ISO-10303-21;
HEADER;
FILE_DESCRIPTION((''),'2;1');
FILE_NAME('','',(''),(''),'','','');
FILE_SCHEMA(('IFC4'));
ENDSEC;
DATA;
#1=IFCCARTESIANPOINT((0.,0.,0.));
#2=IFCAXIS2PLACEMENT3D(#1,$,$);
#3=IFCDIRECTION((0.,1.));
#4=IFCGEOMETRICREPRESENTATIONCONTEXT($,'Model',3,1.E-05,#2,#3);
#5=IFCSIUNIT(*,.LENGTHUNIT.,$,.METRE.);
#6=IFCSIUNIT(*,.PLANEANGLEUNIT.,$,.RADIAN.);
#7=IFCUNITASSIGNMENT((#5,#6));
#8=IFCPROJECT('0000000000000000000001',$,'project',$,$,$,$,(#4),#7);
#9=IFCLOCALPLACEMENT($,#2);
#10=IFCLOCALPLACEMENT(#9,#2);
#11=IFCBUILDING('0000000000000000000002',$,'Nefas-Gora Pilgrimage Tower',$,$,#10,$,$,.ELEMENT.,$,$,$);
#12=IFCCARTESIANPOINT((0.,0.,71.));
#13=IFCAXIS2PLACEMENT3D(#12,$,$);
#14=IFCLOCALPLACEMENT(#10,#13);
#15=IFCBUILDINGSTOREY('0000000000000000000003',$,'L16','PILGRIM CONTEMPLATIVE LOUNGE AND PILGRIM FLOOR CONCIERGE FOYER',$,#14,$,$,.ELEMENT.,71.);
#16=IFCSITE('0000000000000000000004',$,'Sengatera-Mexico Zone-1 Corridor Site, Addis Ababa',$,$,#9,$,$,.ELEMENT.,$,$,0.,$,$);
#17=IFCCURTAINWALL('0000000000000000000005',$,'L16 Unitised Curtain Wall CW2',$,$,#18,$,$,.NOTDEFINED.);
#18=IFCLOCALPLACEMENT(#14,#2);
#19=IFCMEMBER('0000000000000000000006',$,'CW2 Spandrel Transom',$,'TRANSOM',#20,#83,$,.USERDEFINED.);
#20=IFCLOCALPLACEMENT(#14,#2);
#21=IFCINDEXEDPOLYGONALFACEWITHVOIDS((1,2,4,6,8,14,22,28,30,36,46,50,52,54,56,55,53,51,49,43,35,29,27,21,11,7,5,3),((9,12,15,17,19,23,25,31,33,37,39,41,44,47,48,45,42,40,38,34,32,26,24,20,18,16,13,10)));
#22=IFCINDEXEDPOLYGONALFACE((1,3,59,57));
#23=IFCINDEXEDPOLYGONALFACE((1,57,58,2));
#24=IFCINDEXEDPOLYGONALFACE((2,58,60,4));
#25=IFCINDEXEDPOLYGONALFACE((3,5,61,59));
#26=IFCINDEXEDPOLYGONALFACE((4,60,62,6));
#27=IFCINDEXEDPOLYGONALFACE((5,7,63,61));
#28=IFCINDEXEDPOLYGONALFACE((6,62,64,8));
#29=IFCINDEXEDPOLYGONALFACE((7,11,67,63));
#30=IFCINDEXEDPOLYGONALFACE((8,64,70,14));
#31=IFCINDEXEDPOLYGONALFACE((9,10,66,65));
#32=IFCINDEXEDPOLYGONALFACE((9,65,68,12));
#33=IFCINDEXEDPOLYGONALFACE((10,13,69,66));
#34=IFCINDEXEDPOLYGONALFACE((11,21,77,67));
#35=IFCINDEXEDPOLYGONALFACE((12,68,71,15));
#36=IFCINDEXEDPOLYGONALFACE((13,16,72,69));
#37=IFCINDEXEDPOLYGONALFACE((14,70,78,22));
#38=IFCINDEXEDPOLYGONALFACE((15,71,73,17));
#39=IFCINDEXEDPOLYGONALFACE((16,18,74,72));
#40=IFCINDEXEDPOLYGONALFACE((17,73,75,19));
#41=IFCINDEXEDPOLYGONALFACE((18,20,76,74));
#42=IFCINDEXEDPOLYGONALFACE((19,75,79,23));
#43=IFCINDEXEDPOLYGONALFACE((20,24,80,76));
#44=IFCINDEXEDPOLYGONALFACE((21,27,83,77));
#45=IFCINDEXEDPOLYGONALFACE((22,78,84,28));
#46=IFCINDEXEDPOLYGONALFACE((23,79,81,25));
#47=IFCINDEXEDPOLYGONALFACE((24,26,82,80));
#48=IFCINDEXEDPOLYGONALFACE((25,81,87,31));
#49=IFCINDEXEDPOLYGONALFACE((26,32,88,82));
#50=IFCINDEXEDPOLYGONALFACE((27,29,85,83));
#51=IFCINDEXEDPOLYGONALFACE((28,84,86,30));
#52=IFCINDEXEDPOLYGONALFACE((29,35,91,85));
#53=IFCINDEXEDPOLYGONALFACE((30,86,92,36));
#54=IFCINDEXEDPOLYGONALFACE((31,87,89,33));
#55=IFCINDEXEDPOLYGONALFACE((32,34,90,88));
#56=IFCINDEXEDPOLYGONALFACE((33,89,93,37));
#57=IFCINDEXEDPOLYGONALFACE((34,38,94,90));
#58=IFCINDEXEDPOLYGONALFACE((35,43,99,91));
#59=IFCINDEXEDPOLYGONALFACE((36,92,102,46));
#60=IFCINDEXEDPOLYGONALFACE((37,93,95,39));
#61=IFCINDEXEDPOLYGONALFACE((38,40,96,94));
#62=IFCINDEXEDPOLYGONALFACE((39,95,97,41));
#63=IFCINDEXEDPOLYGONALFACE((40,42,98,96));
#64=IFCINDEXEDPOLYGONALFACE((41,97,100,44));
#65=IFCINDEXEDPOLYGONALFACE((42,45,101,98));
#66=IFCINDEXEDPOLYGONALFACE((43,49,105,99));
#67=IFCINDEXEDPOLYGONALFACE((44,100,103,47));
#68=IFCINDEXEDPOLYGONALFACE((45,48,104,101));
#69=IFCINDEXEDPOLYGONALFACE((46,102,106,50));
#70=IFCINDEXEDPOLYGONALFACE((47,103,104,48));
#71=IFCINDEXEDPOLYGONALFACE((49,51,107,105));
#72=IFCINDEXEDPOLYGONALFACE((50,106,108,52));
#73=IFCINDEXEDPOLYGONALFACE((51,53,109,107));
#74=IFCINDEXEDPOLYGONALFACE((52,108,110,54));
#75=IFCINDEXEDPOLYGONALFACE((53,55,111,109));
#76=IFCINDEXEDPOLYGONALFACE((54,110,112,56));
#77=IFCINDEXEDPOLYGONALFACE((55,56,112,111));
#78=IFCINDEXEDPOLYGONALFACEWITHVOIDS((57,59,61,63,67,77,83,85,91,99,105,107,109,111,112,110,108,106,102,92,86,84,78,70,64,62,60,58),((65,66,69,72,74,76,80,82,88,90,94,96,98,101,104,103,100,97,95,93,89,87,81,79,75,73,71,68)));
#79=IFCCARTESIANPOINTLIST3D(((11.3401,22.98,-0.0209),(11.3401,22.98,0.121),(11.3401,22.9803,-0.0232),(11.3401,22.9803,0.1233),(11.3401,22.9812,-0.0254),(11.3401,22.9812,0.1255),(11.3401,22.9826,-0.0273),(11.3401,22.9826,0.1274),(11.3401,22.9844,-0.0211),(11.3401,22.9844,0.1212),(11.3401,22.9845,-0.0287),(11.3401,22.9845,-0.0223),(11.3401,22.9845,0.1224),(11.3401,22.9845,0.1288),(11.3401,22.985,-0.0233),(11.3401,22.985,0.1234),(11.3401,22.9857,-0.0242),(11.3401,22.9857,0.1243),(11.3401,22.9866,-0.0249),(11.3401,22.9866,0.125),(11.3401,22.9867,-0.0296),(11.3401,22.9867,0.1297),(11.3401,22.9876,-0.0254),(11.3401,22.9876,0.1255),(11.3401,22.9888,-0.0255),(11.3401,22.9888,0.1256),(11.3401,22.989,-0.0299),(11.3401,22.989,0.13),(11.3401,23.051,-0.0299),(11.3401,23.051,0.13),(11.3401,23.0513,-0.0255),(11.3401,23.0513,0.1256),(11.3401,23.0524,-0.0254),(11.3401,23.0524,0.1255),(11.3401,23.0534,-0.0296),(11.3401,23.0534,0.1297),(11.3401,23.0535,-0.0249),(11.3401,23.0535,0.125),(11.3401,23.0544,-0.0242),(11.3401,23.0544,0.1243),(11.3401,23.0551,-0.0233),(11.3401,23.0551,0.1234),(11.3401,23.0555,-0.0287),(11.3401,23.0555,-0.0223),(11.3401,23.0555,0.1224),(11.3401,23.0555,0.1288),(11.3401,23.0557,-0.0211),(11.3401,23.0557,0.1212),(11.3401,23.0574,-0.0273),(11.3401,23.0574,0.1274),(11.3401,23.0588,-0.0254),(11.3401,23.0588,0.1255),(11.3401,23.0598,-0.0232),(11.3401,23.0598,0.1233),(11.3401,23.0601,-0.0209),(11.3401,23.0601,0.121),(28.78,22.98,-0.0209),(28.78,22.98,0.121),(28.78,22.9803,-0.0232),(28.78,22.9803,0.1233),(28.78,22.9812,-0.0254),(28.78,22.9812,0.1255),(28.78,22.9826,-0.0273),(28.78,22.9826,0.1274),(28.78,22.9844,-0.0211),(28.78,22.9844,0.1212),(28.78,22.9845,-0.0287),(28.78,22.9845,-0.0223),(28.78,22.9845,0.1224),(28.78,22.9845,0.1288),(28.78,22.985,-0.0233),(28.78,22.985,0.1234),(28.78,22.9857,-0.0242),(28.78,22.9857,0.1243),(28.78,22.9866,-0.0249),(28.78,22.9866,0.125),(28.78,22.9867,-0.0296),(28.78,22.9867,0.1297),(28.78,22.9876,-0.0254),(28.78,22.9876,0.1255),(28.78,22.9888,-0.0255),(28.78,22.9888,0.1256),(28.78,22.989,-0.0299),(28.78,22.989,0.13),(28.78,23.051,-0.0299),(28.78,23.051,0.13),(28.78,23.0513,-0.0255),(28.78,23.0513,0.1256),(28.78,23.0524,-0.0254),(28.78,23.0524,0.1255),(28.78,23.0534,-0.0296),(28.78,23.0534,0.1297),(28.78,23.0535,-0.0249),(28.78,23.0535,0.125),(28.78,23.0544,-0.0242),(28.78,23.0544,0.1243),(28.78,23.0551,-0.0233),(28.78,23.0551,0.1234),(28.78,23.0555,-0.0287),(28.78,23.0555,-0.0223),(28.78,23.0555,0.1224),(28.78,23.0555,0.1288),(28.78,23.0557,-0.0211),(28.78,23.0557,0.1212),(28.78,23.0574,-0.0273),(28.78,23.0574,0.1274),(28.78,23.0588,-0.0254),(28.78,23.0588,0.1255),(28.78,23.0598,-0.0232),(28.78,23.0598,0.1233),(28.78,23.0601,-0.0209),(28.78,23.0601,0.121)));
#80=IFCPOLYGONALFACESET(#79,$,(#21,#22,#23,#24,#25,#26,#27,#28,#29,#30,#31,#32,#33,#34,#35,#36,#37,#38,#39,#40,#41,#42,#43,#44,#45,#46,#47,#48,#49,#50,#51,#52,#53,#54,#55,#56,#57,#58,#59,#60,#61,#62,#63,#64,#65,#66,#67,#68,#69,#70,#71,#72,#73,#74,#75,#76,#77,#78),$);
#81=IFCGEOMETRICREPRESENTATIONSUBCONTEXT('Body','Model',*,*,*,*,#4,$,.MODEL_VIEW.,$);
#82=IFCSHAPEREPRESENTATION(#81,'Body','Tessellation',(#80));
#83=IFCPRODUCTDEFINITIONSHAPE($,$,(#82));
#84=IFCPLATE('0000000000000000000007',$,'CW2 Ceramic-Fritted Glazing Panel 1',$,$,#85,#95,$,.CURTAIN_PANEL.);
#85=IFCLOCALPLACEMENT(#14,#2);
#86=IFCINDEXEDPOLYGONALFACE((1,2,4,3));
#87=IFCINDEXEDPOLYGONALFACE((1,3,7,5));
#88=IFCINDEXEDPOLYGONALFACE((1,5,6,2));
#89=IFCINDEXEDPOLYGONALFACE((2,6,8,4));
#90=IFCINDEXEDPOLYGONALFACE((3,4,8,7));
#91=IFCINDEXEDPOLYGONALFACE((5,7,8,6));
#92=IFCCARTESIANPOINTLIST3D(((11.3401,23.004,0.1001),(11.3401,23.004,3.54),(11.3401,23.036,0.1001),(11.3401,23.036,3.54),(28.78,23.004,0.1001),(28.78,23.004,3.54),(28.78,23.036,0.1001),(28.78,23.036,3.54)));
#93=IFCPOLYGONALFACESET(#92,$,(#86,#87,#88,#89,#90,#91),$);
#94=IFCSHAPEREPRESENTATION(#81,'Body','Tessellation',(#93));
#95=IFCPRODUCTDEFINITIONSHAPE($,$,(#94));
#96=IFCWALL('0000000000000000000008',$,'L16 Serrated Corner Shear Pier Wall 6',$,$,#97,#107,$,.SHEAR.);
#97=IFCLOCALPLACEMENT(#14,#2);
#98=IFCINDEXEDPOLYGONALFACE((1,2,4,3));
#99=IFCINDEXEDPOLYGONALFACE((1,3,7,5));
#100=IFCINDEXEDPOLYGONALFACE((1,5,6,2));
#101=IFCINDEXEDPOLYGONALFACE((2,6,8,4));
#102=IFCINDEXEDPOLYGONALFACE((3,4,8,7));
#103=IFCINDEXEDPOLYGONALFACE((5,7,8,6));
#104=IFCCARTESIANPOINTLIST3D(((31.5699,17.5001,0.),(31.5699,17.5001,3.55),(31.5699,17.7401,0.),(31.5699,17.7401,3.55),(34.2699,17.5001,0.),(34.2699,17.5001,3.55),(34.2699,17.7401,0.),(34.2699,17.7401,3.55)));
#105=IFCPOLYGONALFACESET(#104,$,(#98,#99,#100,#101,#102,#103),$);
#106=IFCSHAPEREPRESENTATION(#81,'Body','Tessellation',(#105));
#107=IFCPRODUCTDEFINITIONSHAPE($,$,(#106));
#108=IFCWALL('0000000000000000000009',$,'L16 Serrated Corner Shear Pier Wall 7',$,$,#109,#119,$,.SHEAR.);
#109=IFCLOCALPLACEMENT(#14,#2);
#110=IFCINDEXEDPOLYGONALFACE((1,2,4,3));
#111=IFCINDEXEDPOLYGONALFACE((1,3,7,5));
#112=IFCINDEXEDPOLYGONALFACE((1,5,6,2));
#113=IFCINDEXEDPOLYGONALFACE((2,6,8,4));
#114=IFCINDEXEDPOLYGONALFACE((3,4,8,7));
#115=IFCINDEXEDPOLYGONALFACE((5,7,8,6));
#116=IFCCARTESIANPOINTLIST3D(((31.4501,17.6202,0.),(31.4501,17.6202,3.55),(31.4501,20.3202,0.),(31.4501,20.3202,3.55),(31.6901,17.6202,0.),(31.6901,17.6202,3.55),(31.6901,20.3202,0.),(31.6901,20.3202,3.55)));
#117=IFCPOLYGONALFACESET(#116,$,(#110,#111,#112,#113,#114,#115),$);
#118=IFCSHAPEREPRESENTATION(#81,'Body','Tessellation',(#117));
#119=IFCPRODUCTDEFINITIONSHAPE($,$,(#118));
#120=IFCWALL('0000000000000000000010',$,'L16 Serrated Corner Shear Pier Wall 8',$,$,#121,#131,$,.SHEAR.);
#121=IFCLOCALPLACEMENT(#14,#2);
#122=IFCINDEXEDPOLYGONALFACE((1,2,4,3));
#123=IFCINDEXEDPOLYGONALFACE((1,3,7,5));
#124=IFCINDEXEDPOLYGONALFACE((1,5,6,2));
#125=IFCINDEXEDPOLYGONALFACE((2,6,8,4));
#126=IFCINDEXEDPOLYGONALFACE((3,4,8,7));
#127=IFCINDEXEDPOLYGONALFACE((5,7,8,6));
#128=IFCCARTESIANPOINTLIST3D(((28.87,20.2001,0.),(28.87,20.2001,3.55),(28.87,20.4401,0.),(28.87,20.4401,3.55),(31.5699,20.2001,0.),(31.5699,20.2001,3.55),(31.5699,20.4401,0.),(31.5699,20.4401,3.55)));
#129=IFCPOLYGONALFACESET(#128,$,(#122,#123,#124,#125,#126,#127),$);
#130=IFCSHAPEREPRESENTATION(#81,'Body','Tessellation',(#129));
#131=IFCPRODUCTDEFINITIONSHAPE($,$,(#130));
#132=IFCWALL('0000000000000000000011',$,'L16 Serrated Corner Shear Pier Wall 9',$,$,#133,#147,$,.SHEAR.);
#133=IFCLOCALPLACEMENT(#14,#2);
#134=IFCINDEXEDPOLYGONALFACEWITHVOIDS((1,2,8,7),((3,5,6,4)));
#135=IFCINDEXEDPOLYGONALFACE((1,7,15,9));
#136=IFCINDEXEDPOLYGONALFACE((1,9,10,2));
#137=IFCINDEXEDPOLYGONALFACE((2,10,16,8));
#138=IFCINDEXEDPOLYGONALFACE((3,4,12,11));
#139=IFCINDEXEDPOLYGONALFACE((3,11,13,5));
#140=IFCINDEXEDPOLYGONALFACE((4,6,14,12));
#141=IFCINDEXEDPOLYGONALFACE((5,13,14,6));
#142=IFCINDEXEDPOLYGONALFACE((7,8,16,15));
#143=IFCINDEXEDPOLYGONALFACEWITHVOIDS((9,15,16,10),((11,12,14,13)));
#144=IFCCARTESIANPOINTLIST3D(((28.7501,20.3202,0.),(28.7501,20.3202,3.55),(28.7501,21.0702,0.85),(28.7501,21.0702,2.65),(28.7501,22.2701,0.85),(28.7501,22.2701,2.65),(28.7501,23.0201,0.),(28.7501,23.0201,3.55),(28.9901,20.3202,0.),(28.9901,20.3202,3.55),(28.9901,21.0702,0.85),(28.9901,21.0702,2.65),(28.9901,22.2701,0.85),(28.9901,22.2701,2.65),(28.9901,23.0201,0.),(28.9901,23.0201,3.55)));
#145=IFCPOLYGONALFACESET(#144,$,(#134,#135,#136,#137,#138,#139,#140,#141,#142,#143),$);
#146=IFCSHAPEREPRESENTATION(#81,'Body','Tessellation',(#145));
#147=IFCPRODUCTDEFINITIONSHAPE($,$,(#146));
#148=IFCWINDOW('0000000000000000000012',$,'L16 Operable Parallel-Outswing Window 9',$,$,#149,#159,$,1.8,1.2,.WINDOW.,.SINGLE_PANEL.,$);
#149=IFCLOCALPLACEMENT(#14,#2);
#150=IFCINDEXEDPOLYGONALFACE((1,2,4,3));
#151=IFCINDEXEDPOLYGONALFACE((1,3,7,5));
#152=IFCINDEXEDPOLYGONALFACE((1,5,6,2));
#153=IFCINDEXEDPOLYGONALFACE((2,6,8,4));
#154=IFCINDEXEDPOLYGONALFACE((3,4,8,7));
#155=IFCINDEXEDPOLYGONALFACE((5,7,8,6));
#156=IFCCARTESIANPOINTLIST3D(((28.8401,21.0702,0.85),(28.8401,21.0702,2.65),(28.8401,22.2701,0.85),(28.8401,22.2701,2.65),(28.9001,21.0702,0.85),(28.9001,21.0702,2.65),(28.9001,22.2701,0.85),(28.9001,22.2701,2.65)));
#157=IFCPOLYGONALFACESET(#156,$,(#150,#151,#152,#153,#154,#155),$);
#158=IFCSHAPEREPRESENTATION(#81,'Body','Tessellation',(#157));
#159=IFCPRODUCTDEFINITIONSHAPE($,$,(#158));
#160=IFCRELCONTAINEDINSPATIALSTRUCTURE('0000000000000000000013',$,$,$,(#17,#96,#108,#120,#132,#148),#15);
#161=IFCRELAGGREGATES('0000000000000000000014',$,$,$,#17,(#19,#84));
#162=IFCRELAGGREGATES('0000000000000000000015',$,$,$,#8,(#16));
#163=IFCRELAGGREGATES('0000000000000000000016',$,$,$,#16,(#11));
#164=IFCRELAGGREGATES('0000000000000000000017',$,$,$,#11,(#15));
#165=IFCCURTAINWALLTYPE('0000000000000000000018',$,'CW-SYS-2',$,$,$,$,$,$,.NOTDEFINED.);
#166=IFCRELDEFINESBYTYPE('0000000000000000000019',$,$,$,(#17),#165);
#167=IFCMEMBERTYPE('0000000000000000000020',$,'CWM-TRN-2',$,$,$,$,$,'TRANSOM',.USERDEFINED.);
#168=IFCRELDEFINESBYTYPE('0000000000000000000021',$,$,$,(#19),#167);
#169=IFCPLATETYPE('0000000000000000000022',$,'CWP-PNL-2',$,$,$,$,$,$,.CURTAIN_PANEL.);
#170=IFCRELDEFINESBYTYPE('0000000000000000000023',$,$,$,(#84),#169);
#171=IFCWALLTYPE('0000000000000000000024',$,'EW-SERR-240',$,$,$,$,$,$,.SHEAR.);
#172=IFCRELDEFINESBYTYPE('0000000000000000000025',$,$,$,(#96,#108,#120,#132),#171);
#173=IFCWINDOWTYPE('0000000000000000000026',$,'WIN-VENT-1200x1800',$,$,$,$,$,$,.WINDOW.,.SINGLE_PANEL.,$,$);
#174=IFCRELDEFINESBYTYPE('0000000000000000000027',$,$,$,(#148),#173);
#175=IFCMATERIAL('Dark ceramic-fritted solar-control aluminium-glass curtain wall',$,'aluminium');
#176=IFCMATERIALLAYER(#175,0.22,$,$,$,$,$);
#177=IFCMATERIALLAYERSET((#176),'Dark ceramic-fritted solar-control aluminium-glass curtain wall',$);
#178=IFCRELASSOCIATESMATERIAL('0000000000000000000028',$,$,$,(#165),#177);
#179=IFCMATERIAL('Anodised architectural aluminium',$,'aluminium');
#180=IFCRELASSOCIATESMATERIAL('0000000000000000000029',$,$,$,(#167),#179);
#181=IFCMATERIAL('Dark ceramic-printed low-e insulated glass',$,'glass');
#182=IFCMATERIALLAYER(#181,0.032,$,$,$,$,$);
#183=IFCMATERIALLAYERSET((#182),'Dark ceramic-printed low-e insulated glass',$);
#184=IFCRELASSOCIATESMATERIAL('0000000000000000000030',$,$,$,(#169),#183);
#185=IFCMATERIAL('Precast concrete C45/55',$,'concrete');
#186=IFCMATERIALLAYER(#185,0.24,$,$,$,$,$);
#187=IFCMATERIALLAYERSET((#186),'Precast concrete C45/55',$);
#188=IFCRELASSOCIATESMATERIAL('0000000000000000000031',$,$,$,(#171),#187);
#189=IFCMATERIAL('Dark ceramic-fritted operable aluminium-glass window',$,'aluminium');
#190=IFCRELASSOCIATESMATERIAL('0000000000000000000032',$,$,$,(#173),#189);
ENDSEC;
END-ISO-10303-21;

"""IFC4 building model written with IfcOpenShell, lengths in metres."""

from ifc_helpers import new_model, si_unit, direction, frame, frame_2d, origin, origin_2d, place, context, subcontext, project, spatial, rectangle, hollow_rectangle, extrude, source, transform, mapped, material, layer, layer_set, material_profile, profile_set, type_object, element, fill, aggregate, save


model = new_model("IFC4")

# Units and contexts
model_context = context("Model", 3, precision=1e-05, world=origin(), true_north=direction((0.0, 1.0)))
body_context = subcontext(model_context, "Body", "Model", "MODEL_VIEW")
ifc_project = project(units=[si_unit("LENGTHUNIT", "METRE"), si_unit("PLANEANGLEUNIT", "RADIAN")], contexts=[model_context])

# Site, building, storey
site_placement = place(None, origin())
site = spatial("IfcSite", under=ifc_project, at=site_placement, Name="Sengatera-Mexico Zone-1 Corridor Site, Addis Ababa", CompositionType="ELEMENT", RefElevation=0.0)
building_placement = place(site_placement, origin())
building = spatial("IfcBuilding", under=site, at=building_placement, Name="Nefas-Gora Pilgrimage Tower", CompositionType="ELEMENT")
storey_placement = place(building_placement, frame((0.0, 0.0, 71.0)))
storey = spatial("IfcBuildingStorey", under=building, at=storey_placement, Name="L16", Description="PILGRIM CONTEMPLATIVE LOUNGE AND PILGRIM FLOOR CONCIERGE FOYER", CompositionType="ELEMENT", Elevation=71.0)

# Shared definitions
ifc_material_1 = material(Name="Dark ceramic-fritted solar-control aluminium-glass curtain wall", Category="aluminium")
ifc_layer_1 = layer(ifc_material_1, 0.22)
ifc_layer_set_1 = layer_set([ifc_layer_1], Name="Dark ceramic-fritted solar-control aluminium-glass curtain wall")
curtain_wall_type = type_object("IfcCurtainWallType", Name="CW-SYS-2", PredefinedType="NOTDEFINED", material=ifc_layer_set_1)
ifc_material_2 = material(Name="Anodised architectural aluminium", Category="aluminium")

# Curtain wall, member, plate
curtain_wall_1_placement = place(storey_placement, origin())
curtain_wall_1 = element("IfcCurtainWall", 1, at=curtain_wall_1_placement, inside=storey, type_object=curtain_wall_type, Name="L16 Unitised Curtain Wall CW2", PredefinedType="NOTDEFINED")
ifc_material_profile_1 = material_profile(ifc_material_2, hollow_rectangle(XDim=0.0801, YDim=0.1599, WallThickness=0.0044, InnerFilletRadius=0.0044, OuterFilletRadius=0.009, at=origin_2d()), Name="ALU TRANSOM 80x160")
ifc_profile_set_1 = profile_set([ifc_material_profile_1], Name="Anodised architectural aluminium")
member_type_1 = type_object("IfcMemberType", Name="CWM-TRN-2", ElementType="TRANSOM", PredefinedType="USERDEFINED", material=ifc_profile_set_1)
shared_shape_1 = source(origin(), body_context, "Body", "SweptSolid", [
    extrude(hollow_rectangle(XDim=0.0801, YDim=0.1599, WallThickness=0.0044, InnerFilletRadius=0.0044, OuterFilletRadius=0.009, at=origin_2d()), origin(), (0.0, 0.0, 1.0), 17.4399),
])
member_1_placement = place(storey_placement, frame((28.78, 23.02, 0.05), z_axis=(-1.0, 0.0, 0.0), x_axis=(0.0, -1.0, 0.0)))
member_1 = element("IfcMember", 2, at=member_1_placement, type_object=member_type_1, Name="CW2 Spandrel Transom", ObjectType="TRANSOM", PredefinedType="USERDEFINED", context=body_context, shape_type="MappedRepresentation", body=[
    mapped(shared_shape_1, transform((0.0, 0.0, 0.0), x_axis=(1.0, 0.0, 0.0), y_axis=(0.0, 1.0, 0.0), z_axis=(0.0, 0.0, 1.0), scale=1.0)),
])
ifc_material_3 = material(Name="Dark ceramic-printed low-e insulated glass", Category="glass")
ifc_layer_2 = layer(ifc_material_3, 0.032)
ifc_layer_set_2 = layer_set([ifc_layer_2], Name="Dark ceramic-printed low-e insulated glass")
plate_type = type_object("IfcPlateType", Name="CWP-PNL-2", PredefinedType="CURTAIN_PANEL", material=ifc_layer_set_2)
shared_shape_2 = source(origin(), body_context, "Body", "SweptSolid", [
    extrude(rectangle(XDim=17.4399, YDim=0.032, at=origin_2d()), origin(), (0.0, 0.0, 1.0), 3.4399),
])
plate_placement = place(storey_placement, frame((20.0601, 23.02, 0.1001), z_axis=(0.0, 0.0, 1.0), x_axis=(-1.0, 0.0, 0.0)))
plate = element("IfcPlate", 3, at=plate_placement, type_object=plate_type, Name="CW2 Ceramic-Fritted Glazing Panel 1", PredefinedType="CURTAIN_PANEL", context=body_context, shape_type="MappedRepresentation", body=[
    mapped(shared_shape_2, transform((0.0, 0.0, 0.0), x_axis=(1.0, 0.0, 0.0), y_axis=(0.0, 1.0, 0.0), z_axis=(0.0, 0.0, 1.0), scale=1.0)),
])
aggregate(curtain_wall_1, [member_1, plate])

# Walls
ifc_material_4 = material(Name="Precast concrete C45/55", Category="concrete")
ifc_layer_3 = layer(ifc_material_4, 0.24)
ifc_layer_set_3 = layer_set([ifc_layer_3], Name="Precast concrete C45/55")
wall_type = type_object("IfcWallType", Name="EW-SERR-240", PredefinedType="SHEAR", material=ifc_layer_set_3)
shared_shape_3 = source(origin(), body_context, "Body", "SweptSolid", [
    extrude(rectangle(XDim=2.7, YDim=0.24, at=frame_2d((1.3501, 0.0))), origin(), (0.0, 0.0, 1.0), 3.55),
])
for number, where, z_axis, x_axis, name in (
    (4, (34.27, 17.6201, 0.0), (0.0, 0.0, 1.0), (-1.0, 0.0, 0.0), "L16 Serrated Corner Shear Pier Wall 6"),
    (5, (31.5701, 17.6201, 0.0), (0.0, 0.0, 1.0), (0.0, 1.0, 0.0), "L16 Serrated Corner Shear Pier Wall 7"),
    (6, (31.5701, 20.3201, 0.0), (0.0, 0.0, 1.0), (-1.0, 0.0, 0.0), "L16 Serrated Corner Shear Pier Wall 8"),
):
    element("IfcWall", number, at=place(storey_placement, frame(where, z_axis=z_axis, x_axis=x_axis)), inside=storey, type_object=wall_type, Name=name, PredefinedType="SHEAR", context=body_context, shape_type="MappedRepresentation", body=[
        mapped(shared_shape_3, transform((0.0, 0.0, 0.0), x_axis=(1.0, 0.0, 0.0), y_axis=(0.0, 1.0, 0.0), z_axis=(0.0, 0.0, 1.0), scale=1.0)),
    ])

# Wall, opening, window
wall_placement = place(storey_placement, frame((28.8701, 20.3201, 0.0), z_axis=(0.0, 0.0, 1.0), x_axis=(0.0, 1.0, 0.0)))
wall = element("IfcWall", 7, at=wall_placement, inside=storey, type_object=wall_type, Name="L16 Serrated Corner Shear Pier Wall 9", PredefinedType="SHEAR", context=body_context, shape_type="MappedRepresentation", body=[
    mapped(shared_shape_3, transform((0.0, 0.0, 0.0), x_axis=(1.0, 0.0, 0.0), y_axis=(0.0, 1.0, 0.0), z_axis=(0.0, 0.0, 1.0), scale=1.0)),
])
opening_placement = place(wall_placement, frame((0.75, 0.0, 0.8501)))
opening = element("IfcOpeningElement", 8, at=opening_placement, cuts=wall, PredefinedType="OPENING", context=body_context, shape_type="SweptSolid", body=[
    extrude(rectangle(XDim=1.2, YDim=1.8, at=frame_2d((0.6001, 0.8999))), frame((0.0, 0.1299, 0.0), z_axis=(0.0, -1.0, 0.0), x_axis=(1.0, 0.0, 0.0)), (0.0, 0.0, 1.0), 0.26),
])
ifc_material_5 = material(Name="Dark ceramic-fritted operable aluminium-glass window", Category="aluminium")
window_type = type_object("IfcWindowType", Name="WIN-VENT-1200x1800", PartitioningType="SINGLE_PANEL", PredefinedType="WINDOW", material=ifc_material_5)
shared_shape_4 = source(origin(), body_context, "Body", "SweptSolid", [
    extrude(rectangle(XDim=1.2, YDim=1.8, at=frame_2d((0.6001, 0.8999))), frame((0.0, 0.03, 0.0), z_axis=(0.0, -1.0, 0.0), x_axis=(1.0, 0.0, 0.0)), (0.0, 0.0, 1.0), 0.0601),
])
window_placement = place(opening_placement, origin())
window = element("IfcWindow", 9, at=window_placement, inside=storey, type_object=window_type, Name="L16 Operable Parallel-Outswing Window 9", OverallHeight=1.8, OverallWidth=1.2, PartitioningType="SINGLE_PANEL", PredefinedType="WINDOW", context=body_context, shape_type="MappedRepresentation", body=[
    mapped(shared_shape_4, transform((0.0, 0.0, 0.0), x_axis=(1.0, 0.0, 0.0), y_axis=(0.0, 1.0, 0.0), z_axis=(0.0, 0.0, 1.0), scale=1.0)),
])
fill(opening, window)

save(model, "model.ifc")
